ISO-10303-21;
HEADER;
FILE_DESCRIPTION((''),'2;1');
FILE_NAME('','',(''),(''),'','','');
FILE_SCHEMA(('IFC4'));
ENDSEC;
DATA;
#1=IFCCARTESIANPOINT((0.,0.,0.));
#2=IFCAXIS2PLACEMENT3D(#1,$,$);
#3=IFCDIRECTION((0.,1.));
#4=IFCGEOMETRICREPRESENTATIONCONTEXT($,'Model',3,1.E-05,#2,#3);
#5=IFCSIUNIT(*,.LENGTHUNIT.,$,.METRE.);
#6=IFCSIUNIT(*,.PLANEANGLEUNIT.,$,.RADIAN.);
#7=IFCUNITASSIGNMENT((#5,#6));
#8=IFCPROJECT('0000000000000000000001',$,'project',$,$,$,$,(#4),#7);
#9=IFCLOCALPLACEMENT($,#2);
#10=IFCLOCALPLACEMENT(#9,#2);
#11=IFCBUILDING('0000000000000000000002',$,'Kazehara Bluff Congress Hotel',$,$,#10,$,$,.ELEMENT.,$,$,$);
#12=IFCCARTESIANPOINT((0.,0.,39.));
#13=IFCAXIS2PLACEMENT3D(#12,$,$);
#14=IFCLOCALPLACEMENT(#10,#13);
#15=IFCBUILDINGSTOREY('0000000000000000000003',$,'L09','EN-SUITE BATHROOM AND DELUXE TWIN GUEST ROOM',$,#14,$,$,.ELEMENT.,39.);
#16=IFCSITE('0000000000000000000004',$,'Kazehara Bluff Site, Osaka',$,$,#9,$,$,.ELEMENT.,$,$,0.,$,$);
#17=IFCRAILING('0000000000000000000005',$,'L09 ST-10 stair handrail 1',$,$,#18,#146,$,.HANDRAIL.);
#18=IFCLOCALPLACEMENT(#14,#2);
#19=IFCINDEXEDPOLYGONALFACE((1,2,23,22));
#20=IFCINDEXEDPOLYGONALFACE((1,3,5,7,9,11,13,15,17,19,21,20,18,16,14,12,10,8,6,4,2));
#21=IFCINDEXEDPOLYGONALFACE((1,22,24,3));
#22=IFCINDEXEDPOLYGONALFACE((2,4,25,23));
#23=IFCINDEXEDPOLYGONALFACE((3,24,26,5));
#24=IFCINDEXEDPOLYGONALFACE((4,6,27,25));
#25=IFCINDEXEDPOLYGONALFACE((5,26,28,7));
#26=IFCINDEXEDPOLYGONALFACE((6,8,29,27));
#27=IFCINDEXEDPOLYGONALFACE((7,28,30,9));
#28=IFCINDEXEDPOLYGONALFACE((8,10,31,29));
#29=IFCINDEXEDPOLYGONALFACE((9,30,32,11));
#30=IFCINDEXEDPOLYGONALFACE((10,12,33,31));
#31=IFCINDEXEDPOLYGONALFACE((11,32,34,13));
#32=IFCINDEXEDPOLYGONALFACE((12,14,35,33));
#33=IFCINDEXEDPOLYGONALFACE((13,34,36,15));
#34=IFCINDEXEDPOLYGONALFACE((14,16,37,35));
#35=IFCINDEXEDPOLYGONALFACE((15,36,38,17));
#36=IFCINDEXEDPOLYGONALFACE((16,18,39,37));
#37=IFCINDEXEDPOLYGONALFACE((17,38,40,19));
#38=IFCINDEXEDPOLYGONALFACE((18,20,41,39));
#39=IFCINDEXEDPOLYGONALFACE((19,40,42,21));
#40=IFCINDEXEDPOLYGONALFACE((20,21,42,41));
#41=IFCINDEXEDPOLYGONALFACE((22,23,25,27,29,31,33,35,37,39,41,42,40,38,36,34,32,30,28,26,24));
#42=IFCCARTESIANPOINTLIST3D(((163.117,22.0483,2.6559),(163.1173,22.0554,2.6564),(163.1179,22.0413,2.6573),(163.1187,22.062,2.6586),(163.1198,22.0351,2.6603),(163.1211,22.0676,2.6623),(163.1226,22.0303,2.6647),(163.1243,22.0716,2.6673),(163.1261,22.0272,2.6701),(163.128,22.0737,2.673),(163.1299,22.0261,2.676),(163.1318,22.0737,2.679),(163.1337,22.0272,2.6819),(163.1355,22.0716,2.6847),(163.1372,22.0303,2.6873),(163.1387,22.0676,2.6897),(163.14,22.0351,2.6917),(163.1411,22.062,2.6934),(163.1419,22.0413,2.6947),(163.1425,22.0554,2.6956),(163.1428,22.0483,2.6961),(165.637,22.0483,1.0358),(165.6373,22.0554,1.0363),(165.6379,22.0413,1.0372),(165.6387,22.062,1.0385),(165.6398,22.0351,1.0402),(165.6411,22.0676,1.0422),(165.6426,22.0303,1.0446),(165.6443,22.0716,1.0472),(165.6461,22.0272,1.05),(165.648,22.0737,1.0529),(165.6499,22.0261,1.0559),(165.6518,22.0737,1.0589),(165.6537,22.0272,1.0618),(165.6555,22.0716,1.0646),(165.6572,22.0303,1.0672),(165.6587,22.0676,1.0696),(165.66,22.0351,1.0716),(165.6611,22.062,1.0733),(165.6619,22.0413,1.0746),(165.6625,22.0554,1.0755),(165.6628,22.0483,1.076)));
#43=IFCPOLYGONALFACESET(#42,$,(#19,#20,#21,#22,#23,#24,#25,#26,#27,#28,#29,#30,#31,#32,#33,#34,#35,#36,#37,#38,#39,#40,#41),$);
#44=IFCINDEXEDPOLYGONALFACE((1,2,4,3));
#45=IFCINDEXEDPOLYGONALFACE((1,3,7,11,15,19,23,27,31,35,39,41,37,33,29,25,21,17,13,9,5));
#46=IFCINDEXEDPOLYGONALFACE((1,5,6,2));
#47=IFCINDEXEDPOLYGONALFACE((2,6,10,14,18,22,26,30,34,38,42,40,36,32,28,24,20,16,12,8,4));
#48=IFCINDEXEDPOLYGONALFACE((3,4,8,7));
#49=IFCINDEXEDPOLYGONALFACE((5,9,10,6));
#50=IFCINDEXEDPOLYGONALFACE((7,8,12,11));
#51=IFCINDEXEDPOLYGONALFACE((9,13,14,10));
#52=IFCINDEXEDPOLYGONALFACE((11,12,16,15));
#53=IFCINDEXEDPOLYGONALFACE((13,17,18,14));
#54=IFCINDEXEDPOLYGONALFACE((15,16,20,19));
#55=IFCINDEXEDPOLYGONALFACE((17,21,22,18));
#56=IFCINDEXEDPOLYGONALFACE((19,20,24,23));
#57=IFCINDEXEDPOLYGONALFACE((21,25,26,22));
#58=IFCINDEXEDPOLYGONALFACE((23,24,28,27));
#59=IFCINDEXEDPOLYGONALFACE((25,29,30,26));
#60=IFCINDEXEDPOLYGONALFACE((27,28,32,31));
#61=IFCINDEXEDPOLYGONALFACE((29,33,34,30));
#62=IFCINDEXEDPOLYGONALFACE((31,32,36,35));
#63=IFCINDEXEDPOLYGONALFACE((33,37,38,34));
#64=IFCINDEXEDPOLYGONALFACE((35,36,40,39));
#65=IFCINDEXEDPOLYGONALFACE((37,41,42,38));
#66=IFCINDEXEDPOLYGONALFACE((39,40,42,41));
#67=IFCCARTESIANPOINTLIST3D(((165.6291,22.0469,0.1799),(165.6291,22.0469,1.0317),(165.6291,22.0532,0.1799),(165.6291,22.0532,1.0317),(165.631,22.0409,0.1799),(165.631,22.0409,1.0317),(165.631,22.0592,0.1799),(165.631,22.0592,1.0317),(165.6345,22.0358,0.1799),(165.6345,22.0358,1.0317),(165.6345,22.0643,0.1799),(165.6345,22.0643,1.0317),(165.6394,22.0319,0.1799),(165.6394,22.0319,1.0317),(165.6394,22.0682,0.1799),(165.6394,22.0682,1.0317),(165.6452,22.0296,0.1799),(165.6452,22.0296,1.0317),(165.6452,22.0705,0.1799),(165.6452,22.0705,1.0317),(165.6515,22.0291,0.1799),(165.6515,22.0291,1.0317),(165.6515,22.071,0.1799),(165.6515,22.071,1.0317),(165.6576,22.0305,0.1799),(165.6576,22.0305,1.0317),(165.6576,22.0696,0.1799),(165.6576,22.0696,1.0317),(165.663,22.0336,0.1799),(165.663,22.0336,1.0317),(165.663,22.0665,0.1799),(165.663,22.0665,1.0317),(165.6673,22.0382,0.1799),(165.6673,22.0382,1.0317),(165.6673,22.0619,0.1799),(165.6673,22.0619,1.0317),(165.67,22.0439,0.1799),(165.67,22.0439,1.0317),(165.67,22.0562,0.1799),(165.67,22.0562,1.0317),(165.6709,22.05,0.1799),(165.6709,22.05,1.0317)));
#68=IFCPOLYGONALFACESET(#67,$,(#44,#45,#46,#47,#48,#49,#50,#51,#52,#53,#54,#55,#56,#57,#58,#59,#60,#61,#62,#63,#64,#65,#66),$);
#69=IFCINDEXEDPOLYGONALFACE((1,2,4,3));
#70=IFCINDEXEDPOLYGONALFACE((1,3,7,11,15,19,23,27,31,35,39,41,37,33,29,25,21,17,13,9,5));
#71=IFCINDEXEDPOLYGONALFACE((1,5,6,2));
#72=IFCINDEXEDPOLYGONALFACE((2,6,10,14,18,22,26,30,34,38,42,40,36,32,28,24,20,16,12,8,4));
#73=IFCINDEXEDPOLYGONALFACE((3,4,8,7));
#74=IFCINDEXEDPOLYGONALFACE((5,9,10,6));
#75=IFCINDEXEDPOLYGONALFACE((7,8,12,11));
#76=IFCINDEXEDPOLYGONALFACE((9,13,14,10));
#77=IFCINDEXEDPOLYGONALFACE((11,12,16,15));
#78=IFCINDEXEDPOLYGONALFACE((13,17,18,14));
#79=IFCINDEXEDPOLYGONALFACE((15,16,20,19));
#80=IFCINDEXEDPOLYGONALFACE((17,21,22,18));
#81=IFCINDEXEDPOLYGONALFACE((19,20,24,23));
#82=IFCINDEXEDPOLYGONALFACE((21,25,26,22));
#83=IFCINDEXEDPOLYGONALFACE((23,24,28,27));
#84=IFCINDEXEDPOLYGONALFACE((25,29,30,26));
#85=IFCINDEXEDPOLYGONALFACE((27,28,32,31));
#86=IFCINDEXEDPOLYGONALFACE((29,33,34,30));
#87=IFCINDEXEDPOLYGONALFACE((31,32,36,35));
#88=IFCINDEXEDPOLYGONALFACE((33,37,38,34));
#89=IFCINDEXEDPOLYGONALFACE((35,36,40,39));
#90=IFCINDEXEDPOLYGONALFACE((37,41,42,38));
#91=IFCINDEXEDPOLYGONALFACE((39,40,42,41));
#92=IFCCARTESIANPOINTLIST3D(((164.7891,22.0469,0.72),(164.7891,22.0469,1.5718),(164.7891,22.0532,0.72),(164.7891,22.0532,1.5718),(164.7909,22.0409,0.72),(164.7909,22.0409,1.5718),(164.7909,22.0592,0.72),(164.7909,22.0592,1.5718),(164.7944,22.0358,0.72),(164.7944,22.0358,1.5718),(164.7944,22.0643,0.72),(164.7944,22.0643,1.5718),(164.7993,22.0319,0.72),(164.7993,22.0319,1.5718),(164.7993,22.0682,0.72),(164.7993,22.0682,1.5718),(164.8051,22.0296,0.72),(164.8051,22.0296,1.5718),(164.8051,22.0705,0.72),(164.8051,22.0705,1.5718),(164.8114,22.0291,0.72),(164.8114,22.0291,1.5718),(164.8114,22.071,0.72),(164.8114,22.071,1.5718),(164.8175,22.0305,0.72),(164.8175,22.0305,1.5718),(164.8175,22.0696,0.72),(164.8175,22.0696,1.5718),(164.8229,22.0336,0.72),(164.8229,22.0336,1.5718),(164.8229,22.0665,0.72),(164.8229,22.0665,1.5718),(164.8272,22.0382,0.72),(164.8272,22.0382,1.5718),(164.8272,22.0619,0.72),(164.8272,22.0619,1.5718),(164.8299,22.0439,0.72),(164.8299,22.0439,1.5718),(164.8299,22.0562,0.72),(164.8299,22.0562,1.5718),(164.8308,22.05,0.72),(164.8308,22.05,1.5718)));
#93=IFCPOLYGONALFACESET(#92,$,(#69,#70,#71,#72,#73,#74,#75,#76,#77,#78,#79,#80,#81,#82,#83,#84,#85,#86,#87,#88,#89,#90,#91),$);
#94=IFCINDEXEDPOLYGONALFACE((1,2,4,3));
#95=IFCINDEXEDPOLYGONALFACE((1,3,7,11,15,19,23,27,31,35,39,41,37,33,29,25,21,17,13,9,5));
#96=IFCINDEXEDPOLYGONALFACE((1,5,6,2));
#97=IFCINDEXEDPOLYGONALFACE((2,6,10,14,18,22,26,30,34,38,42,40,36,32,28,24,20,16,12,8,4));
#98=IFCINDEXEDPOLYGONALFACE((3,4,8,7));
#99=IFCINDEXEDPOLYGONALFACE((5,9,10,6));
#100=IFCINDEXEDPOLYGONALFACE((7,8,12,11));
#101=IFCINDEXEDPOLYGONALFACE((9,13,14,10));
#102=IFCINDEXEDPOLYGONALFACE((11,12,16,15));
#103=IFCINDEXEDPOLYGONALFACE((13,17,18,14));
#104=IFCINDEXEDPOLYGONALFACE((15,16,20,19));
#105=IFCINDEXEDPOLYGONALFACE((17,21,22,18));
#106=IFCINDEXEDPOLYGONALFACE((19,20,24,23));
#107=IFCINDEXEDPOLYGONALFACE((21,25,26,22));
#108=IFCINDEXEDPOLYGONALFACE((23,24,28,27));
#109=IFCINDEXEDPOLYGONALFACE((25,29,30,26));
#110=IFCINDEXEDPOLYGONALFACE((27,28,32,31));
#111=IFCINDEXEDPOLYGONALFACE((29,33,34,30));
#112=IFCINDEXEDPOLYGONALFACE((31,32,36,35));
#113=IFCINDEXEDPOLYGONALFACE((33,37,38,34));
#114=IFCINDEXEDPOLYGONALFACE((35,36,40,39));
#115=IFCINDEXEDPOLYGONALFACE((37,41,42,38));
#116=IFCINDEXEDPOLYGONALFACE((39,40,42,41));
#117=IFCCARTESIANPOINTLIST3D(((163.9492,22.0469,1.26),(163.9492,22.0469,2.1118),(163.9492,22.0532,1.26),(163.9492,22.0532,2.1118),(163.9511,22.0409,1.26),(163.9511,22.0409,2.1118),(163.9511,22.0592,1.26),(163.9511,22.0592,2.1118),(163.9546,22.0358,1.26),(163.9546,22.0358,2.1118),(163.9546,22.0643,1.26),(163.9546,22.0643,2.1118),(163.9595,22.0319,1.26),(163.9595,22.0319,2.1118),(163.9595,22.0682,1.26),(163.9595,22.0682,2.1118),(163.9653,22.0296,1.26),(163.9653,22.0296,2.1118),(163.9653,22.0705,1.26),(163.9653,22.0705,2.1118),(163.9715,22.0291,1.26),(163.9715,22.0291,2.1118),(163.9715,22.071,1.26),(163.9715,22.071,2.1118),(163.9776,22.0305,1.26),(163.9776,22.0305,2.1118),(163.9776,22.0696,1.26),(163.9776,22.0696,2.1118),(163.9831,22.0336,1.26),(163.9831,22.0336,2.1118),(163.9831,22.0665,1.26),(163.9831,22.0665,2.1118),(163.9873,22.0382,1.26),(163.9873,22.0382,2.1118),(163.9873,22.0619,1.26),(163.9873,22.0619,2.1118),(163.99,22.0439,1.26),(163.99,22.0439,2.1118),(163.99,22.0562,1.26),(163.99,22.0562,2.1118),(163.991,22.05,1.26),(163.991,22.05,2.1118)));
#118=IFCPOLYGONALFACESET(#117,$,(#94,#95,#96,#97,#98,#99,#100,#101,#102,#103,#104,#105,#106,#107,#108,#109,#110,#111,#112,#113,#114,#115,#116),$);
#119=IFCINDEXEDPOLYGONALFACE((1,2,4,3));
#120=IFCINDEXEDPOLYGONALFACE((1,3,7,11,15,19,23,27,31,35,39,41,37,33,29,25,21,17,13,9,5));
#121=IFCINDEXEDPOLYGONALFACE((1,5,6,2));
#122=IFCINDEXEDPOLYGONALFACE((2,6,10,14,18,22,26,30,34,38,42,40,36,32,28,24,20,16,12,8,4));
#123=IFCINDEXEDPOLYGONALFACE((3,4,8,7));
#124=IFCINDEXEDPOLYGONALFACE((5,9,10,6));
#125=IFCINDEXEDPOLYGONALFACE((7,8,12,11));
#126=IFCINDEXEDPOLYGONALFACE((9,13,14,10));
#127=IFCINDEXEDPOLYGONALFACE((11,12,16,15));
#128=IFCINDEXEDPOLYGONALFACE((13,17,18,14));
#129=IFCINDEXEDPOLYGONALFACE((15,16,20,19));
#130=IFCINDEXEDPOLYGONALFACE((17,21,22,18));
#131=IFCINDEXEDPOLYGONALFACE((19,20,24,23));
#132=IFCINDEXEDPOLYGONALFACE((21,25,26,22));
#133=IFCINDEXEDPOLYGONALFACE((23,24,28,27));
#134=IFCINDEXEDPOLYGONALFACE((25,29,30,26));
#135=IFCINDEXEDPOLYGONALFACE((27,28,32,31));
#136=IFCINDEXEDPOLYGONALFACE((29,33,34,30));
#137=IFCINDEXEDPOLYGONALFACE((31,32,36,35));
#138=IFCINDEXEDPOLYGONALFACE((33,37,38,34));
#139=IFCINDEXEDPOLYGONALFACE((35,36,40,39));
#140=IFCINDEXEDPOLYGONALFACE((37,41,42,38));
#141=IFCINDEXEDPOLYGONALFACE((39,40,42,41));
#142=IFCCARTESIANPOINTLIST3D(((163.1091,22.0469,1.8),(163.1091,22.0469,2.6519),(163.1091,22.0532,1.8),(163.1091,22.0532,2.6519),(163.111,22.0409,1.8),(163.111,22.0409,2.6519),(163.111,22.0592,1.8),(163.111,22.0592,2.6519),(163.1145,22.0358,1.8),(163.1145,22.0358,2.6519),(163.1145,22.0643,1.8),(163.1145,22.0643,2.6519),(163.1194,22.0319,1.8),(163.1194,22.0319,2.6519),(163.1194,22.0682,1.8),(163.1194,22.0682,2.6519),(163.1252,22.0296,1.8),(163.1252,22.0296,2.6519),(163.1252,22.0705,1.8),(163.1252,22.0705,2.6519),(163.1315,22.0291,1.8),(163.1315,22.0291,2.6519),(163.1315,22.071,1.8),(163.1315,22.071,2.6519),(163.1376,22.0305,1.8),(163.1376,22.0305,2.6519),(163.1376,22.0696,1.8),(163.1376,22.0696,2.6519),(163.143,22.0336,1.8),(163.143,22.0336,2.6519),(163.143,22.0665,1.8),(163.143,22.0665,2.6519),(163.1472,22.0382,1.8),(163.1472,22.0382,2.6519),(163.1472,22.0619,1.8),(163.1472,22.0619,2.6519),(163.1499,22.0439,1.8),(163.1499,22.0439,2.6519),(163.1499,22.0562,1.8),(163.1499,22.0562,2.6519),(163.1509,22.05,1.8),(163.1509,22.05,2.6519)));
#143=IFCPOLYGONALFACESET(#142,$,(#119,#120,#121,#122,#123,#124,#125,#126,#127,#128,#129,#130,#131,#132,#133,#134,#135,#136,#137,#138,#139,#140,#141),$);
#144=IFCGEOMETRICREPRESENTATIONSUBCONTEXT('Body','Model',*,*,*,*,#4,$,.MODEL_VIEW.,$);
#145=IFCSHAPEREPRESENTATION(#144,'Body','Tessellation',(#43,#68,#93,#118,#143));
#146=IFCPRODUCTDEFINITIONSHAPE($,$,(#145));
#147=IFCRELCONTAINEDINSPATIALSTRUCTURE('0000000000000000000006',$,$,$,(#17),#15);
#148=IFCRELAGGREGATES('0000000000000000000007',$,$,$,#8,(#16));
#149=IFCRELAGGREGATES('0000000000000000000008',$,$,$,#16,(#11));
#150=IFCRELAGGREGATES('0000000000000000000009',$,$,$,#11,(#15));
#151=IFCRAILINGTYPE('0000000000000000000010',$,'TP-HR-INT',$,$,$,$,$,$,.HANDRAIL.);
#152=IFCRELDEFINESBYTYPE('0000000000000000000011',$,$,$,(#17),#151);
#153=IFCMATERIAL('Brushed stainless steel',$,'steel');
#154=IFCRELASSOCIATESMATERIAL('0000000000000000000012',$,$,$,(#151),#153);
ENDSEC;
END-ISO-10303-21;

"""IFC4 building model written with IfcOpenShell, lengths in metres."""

from ifc_helpers import new_model, si_unit, direction, frame, origin, origin_2d, place, context, subcontext, project, spatial, circle, extrude, material, type_object, element, save


model = new_model("IFC4")

# Units and contexts
model_context = context("Model", 3, precision=1e-05, world=origin(), true_north=direction((0.0, 1.0)))
body_context = subcontext(model_context, "Body", "Model", "MODEL_VIEW")
ifc_project = project(units=[si_unit("LENGTHUNIT", "METRE"), si_unit("PLANEANGLEUNIT", "RADIAN")], contexts=[model_context])

# Site, building, storey
site_placement = place(None, origin())
site = spatial("IfcSite", under=ifc_project, at=site_placement, Name="Kazehara Bluff Site, Osaka", CompositionType="ELEMENT", RefElevation=0.0)
building_placement = place(site_placement, origin())
building = spatial("IfcBuilding", under=site, at=building_placement, Name="Kazehara Bluff Congress Hotel", CompositionType="ELEMENT")
storey_placement = place(building_placement, frame((0.0, 0.0, 39.0)))
storey = spatial("IfcBuildingStorey", under=building, at=storey_placement, Name="L09", Description="EN-SUITE BATHROOM AND DELUXE TWIN GUEST ROOM", CompositionType="ELEMENT", Elevation=39.0)

# Railing
ifc_material_1 = material(Name="Brushed stainless steel", Category="steel")
railing_type = type_object("IfcRailingType", Name="TP-HR-INT", PredefinedType="HANDRAIL", material=ifc_material_1)
railing_placement = place(storey_placement, frame((165.6499, 22.05, 0.1799)))
element("IfcRailing", 1, at=railing_placement, inside=storey, type_object=railing_type, Name="L09 ST-10 stair handrail 1", PredefinedType="HANDRAIL", context=body_context, shape_type="SweptSolid", body=[
    extrude(circle(Radius=0.0239, at=origin_2d()), frame((0.0, 0.0, 0.876), z_axis=(-0.841163, 0.0, 0.540782), x_axis=(0.0, -1.0, 0.0)), (0.0, 0.0, 1.0), 2.9958),
    extrude(circle(Radius=0.021, at=origin_2d()), origin(), (0.0, 0.0, 1.0), 0.8518),
    extrude(circle(Radius=0.021, at=origin_2d()), frame((-0.8401, 0.0, 0.54)), (0.0, 0.0, 1.0), 0.8518),
    extrude(circle(Radius=0.021, at=origin_2d()), frame((-1.6799, 0.0, 1.0801)), (0.0, 0.0, 1.0), 0.8518),
    extrude(circle(Radius=0.021, at=origin_2d()), frame((-2.52, 0.0, 1.6201)), (0.0, 0.0, 1.0), 0.8518),
])

save(model, "model.ifc")
